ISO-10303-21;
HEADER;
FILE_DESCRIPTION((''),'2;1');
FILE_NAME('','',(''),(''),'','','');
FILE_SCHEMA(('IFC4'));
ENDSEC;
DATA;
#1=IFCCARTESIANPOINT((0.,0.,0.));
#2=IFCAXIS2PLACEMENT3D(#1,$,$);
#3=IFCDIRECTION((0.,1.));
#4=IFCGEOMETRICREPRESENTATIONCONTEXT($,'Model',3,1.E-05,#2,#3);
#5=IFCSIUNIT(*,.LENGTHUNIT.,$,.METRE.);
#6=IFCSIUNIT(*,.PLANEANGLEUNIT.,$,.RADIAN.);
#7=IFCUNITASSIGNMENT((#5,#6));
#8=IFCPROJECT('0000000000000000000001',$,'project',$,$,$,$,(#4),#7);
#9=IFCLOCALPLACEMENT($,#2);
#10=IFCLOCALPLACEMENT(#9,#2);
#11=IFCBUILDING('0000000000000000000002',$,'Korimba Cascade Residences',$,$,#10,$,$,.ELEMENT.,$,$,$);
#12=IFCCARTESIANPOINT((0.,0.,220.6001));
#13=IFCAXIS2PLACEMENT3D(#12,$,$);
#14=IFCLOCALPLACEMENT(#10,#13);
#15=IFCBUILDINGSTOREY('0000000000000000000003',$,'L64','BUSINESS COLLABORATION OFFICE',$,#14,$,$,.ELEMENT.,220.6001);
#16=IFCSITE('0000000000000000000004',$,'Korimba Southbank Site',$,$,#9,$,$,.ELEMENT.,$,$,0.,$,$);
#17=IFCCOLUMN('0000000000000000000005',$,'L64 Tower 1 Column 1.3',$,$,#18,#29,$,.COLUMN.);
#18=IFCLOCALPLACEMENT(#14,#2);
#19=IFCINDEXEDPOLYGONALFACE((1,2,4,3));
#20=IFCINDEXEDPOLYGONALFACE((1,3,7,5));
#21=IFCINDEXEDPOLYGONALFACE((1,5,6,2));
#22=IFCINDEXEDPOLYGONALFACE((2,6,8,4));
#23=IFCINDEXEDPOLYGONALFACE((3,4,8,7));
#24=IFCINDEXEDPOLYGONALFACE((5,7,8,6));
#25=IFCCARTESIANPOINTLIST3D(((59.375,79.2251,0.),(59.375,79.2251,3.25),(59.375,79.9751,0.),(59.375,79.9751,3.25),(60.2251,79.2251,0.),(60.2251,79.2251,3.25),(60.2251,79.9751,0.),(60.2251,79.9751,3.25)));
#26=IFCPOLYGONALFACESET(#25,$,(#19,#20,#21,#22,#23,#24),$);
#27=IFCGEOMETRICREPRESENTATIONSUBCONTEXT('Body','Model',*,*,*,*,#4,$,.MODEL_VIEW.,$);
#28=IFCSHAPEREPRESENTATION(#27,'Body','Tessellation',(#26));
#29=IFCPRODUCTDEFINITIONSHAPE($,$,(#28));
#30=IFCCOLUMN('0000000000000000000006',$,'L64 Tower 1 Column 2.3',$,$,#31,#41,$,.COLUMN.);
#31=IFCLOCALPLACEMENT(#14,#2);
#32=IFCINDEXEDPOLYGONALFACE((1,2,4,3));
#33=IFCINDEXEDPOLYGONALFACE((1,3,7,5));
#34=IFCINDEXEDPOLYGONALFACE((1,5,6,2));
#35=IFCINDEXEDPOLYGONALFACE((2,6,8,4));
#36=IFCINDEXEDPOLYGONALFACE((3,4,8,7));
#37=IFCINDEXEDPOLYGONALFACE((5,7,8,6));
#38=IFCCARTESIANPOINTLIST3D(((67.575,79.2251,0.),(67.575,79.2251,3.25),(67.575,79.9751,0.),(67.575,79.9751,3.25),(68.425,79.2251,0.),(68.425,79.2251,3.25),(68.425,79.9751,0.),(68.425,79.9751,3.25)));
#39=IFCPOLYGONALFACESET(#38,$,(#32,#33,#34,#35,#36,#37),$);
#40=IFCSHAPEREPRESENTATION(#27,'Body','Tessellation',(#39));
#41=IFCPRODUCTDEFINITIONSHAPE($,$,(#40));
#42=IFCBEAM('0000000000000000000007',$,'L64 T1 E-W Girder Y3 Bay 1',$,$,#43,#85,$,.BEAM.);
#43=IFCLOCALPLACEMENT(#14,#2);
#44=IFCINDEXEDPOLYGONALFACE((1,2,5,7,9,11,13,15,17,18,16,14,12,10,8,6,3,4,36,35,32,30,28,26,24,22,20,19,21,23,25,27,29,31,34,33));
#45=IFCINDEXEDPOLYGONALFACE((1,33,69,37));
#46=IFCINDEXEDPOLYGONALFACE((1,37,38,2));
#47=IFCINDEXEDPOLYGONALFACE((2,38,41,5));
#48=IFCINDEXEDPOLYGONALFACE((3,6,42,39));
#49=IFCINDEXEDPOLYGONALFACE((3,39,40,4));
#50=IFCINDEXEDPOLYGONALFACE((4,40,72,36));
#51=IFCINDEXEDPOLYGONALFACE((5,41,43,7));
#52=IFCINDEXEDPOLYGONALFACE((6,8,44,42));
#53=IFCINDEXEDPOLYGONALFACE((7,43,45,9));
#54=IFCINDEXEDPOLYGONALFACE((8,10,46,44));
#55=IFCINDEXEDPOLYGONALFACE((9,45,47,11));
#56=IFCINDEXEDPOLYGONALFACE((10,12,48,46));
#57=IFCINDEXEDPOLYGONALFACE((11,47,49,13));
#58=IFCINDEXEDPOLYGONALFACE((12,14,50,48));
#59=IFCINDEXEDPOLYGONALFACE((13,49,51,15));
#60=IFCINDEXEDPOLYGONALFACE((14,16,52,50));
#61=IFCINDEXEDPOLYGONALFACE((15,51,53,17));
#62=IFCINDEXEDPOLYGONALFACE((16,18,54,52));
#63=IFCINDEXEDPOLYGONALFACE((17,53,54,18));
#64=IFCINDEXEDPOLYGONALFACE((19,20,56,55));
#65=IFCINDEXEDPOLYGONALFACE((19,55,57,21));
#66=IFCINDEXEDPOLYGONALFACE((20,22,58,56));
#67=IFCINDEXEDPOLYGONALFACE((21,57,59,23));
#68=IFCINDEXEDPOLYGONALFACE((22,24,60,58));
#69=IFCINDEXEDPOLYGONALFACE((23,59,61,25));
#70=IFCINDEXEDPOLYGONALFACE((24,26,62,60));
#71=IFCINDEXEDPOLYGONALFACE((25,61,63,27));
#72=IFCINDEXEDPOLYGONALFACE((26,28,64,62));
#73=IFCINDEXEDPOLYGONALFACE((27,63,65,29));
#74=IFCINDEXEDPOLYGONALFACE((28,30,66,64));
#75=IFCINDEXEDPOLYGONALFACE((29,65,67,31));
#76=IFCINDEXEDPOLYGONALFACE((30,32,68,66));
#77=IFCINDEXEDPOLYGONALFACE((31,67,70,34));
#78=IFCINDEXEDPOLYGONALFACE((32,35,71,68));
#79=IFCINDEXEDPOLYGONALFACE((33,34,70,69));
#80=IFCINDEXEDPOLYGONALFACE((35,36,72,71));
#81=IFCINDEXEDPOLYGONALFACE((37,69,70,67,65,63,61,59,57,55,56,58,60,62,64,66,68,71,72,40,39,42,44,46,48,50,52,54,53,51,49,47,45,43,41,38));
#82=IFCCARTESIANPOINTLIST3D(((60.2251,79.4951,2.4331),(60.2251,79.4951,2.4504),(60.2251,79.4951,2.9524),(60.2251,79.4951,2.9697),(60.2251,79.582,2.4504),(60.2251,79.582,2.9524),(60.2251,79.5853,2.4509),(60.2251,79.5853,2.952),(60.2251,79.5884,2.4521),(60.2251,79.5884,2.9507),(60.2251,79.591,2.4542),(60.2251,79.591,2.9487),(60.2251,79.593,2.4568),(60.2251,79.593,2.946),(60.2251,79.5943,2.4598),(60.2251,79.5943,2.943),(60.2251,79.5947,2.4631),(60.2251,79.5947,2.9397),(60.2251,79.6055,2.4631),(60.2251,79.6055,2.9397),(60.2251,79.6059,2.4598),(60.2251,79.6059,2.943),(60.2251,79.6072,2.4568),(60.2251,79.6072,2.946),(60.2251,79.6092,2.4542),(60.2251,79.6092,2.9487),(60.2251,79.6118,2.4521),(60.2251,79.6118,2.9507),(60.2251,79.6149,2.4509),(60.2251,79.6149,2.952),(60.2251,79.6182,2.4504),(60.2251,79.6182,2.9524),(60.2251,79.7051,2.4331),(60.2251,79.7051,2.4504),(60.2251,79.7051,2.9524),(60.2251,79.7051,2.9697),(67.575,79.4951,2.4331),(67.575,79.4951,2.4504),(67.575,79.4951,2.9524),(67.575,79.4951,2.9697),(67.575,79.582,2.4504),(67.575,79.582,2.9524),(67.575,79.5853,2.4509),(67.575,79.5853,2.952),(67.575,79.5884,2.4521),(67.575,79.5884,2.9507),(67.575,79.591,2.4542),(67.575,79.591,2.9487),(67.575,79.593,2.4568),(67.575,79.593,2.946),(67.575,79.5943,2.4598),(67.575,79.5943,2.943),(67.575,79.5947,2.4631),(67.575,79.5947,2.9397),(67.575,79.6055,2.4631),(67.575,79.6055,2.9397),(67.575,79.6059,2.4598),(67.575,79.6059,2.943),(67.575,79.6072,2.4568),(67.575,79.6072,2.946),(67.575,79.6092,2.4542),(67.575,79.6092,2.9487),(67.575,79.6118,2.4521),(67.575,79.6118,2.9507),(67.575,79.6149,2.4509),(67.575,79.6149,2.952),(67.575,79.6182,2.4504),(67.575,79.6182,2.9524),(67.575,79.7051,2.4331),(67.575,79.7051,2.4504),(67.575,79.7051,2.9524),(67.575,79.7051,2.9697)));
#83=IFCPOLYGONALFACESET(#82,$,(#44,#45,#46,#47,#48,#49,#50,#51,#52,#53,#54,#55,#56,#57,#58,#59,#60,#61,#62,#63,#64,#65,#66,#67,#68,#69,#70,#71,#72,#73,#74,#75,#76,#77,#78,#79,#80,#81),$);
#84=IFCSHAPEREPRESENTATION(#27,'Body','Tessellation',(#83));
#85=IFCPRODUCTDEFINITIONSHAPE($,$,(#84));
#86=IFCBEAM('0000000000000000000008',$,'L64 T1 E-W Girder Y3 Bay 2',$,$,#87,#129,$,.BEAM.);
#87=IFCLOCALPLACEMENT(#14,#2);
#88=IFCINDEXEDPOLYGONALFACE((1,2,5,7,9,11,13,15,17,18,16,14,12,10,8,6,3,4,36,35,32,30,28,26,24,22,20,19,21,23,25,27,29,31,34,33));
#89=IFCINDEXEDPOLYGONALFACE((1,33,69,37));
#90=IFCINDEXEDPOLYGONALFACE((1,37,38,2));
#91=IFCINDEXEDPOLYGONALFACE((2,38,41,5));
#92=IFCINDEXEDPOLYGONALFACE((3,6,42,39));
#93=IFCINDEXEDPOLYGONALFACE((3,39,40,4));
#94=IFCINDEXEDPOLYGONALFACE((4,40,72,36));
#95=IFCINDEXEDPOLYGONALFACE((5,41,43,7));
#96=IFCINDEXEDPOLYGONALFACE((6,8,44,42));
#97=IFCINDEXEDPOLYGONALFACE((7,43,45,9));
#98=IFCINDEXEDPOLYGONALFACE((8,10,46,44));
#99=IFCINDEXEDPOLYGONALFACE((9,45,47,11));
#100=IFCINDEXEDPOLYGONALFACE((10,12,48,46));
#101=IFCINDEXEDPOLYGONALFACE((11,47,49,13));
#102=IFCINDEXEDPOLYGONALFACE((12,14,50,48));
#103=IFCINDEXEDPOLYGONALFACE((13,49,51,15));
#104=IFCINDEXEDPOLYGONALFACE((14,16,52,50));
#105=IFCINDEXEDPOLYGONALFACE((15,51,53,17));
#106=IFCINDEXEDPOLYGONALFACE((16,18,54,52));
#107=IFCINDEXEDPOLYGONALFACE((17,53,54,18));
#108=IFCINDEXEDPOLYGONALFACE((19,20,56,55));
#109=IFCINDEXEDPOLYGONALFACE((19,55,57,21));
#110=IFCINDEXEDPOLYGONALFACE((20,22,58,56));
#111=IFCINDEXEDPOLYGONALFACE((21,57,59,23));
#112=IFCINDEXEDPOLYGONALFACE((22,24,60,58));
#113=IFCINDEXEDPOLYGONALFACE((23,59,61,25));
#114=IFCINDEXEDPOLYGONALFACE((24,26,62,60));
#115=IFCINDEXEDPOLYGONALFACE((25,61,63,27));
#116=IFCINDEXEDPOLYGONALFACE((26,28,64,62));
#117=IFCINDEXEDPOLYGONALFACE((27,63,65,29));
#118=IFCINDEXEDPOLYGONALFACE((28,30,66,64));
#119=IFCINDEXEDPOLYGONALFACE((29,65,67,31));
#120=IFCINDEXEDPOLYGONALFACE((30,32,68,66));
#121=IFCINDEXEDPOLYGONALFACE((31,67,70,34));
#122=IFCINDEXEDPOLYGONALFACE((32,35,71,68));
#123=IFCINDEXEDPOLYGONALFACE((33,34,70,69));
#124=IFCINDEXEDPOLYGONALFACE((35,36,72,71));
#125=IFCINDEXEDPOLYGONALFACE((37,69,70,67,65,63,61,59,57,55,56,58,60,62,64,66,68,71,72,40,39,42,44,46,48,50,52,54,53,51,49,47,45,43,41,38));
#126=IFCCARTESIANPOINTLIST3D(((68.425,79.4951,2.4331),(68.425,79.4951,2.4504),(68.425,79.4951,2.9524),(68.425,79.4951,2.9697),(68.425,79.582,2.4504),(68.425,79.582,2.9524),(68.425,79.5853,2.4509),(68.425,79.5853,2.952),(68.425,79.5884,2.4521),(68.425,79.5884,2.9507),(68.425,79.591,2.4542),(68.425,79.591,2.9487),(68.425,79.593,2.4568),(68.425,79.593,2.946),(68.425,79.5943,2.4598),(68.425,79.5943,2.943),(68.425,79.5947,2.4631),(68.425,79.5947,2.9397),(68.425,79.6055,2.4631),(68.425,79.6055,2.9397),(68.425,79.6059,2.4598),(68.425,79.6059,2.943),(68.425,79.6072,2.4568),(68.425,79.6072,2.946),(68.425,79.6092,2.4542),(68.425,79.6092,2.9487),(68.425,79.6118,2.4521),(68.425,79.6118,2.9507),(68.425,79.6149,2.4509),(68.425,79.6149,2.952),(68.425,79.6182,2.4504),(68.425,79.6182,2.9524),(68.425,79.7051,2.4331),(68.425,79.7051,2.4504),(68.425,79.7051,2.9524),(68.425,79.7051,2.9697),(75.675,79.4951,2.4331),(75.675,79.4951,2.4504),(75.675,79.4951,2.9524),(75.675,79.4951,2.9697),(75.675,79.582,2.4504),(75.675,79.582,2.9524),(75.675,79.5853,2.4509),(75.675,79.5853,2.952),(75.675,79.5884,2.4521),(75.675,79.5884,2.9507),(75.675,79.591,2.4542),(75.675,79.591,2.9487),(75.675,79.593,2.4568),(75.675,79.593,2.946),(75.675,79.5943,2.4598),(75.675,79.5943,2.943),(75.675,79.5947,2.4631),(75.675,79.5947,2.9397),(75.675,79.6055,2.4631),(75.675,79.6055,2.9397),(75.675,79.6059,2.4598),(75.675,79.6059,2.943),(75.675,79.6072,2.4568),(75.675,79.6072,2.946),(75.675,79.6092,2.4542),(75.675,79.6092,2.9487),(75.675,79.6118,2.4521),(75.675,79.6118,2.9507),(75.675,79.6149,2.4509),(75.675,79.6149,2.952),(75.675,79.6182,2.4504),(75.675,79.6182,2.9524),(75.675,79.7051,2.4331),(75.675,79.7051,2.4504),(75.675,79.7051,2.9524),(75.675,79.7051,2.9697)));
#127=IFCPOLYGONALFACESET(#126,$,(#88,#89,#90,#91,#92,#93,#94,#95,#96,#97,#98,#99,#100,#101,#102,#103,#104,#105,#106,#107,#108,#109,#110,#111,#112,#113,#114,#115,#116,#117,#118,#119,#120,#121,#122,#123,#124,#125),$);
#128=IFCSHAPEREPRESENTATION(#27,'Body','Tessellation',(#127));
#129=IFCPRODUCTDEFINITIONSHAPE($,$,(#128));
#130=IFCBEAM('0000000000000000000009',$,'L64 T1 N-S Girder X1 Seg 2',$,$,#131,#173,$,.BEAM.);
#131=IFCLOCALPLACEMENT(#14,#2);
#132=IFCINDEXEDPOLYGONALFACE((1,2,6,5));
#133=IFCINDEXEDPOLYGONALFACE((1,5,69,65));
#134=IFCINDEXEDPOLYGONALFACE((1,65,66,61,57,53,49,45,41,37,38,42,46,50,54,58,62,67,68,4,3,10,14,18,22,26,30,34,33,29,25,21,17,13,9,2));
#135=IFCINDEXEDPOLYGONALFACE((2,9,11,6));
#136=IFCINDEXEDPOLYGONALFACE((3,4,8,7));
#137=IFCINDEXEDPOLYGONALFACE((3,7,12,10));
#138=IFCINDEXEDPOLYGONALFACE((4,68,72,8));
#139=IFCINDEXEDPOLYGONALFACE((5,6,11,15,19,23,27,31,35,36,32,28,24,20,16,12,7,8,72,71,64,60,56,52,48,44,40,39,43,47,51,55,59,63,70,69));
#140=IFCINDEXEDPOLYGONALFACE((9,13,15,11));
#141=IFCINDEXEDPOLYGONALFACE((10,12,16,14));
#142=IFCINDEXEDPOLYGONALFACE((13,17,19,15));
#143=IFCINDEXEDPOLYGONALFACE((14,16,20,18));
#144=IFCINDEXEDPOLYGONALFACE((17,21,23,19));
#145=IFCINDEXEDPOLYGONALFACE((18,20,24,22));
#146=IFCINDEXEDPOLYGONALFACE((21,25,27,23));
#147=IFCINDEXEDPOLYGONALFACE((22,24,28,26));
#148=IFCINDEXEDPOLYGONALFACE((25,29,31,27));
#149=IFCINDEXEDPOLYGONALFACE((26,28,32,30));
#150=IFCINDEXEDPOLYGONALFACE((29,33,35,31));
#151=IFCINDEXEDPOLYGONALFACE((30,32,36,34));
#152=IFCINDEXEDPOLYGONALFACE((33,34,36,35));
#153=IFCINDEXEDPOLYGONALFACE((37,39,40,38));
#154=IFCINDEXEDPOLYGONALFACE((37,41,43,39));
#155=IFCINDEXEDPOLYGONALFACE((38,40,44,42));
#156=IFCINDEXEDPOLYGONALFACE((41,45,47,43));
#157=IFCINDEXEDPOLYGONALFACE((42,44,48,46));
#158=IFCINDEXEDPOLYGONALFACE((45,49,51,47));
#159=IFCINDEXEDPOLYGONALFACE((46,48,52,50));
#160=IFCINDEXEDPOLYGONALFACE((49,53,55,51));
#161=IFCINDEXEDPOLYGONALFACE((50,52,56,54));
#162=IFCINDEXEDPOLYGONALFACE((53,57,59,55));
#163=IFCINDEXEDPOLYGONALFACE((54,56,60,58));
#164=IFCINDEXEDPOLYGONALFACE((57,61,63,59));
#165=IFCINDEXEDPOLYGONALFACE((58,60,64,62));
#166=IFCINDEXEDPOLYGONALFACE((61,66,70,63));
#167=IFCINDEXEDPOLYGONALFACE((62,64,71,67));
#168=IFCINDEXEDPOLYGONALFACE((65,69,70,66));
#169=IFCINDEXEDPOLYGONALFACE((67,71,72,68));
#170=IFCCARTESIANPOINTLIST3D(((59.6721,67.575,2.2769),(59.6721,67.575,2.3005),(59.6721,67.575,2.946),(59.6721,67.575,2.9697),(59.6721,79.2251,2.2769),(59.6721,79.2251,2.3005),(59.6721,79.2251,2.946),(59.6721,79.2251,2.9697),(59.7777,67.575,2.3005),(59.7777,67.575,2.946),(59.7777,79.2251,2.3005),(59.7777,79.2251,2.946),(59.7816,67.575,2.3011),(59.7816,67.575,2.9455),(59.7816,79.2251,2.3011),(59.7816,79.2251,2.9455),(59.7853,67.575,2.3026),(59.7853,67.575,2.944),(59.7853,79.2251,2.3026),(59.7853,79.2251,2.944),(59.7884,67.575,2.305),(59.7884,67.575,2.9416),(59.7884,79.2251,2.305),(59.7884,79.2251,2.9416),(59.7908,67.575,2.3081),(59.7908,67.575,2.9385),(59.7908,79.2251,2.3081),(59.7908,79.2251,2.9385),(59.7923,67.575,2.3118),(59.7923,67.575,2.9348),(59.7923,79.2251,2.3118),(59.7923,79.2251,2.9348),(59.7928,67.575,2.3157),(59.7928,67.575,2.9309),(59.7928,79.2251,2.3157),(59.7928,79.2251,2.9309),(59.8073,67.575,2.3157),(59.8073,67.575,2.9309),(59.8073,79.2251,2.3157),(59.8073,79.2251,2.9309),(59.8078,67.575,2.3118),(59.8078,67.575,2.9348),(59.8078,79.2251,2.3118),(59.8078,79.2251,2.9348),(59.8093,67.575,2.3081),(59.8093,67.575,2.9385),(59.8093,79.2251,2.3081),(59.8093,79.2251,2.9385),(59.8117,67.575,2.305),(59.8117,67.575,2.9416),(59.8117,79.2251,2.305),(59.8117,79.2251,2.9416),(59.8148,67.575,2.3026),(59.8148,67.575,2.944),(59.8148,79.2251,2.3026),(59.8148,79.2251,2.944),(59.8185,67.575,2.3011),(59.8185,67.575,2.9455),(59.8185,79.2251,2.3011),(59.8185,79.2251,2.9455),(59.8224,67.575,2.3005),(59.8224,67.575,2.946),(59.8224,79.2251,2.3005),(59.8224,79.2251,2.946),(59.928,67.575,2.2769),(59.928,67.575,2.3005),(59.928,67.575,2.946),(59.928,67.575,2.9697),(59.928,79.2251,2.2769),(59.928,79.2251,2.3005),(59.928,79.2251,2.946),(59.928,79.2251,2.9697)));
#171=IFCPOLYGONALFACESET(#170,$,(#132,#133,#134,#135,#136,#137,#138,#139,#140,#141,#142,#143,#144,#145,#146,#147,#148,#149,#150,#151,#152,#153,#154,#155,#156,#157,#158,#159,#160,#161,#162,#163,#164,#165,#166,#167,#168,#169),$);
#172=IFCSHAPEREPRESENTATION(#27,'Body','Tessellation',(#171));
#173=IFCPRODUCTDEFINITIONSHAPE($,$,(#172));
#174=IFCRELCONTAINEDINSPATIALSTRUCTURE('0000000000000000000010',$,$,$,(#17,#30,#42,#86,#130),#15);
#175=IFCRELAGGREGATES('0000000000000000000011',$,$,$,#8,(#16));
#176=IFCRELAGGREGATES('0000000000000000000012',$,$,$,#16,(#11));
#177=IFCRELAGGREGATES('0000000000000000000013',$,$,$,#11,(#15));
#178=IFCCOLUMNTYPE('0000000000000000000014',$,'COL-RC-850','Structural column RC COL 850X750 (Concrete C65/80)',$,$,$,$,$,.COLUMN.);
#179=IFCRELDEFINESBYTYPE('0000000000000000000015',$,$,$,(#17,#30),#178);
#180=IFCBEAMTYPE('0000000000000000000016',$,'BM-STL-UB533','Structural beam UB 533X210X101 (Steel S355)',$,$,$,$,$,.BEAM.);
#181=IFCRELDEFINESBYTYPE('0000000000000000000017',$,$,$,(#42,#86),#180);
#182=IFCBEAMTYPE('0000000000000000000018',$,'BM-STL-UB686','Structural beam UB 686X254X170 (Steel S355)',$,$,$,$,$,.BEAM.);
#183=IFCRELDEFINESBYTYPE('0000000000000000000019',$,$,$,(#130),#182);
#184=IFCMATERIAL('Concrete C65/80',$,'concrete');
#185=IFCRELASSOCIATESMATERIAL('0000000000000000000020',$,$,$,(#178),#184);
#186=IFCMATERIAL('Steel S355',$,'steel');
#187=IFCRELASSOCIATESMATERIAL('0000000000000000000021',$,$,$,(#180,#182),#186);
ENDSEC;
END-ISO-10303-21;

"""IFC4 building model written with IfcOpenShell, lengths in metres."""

from ifc_helpers import new_model, si_unit, direction, frame, origin, origin_2d, place, context, subcontext, project, spatial, rectangle, i_section, extrude, material, material_profile, profile_set, type_object, element, save


model = new_model("IFC4")

# Units and contexts
model_context = context("Model", 3, precision=1e-05, world=origin(), true_north=direction((0.0, 1.0)))
body_context = subcontext(model_context, "Body", "Model", "MODEL_VIEW")
ifc_project = project(units=[si_unit("LENGTHUNIT", "METRE"), si_unit("PLANEANGLEUNIT", "RADIAN")], contexts=[model_context])

# Site, building, storey
site_placement = place(None, origin())
site = spatial("IfcSite", under=ifc_project, at=site_placement, Name="Korimba Southbank Site", CompositionType="ELEMENT", RefElevation=0.0)
building_placement = place(site_placement, origin())
building = spatial("IfcBuilding", under=site, at=building_placement, Name="Korimba Cascade Residences", CompositionType="ELEMENT")
storey_placement = place(building_placement, frame((0.0, 0.0, 220.6001)))
storey = spatial("IfcBuildingStorey", under=building, at=storey_placement, Name="L64", Description="BUSINESS COLLABORATION OFFICE", CompositionType="ELEMENT", Elevation=220.6001)

# Columns
ifc_material_1 = material(Name="Concrete C65/80", Category="concrete")
ifc_material_profile_1 = material_profile(ifc_material_1, rectangle(XDim=0.8501, YDim=0.75, at=origin_2d()), Name="Concrete C65/80")
ifc_profile_set_1 = profile_set([ifc_material_profile_1], Name="Concrete C65/80")
column_type = type_object("IfcColumnType", Name="COL-RC-850", Description="Structural column RC COL 850X750 (Concrete C65/80)", PredefinedType="COLUMN", material=ifc_profile_set_1)
for number, where, z_axis, x_axis, name in (
    (1, (59.8, 79.6001, 0.0), (0.0, 0.0, 1.0), (1.0, 0.0, 0.0), "L64 Tower 1 Column 1.3"),
    (2, (68.0, 79.6001, 0.0), (0.0, 0.0, 1.0), (1.0, 0.0, 0.0), "L64 Tower 1 Column 2.3"),
):
    element("IfcColumn", number, at=place(storey_placement, frame(where, z_axis=z_axis, x_axis=x_axis)), inside=storey, type_object=column_type, Name=name, PredefinedType="COLUMN", context=body_context, shape_type="SweptSolid", body=[
        extrude(rectangle(XDim=0.8501, YDim=0.75, at=origin_2d()), origin(), (0.0, 0.0, 1.0), 3.25),
    ])

# Beams
ifc_material_2 = material(Name="Steel S355", Category="steel")
ifc_material_profile_2 = material_profile(ifc_material_2, i_section(OverallWidth=0.21, OverallDepth=0.5366, WebThickness=0.0107, FlangeThickness=0.0173, FilletRadius=0.0127, at=origin_2d()), Name="Steel S355")
ifc_profile_set_2 = profile_set([ifc_material_profile_2], Name="Steel S355")
beam_type_1 = type_object("IfcBeamType", Name="BM-STL-UB533", Description="Structural beam UB 533X210X101 (Steel S355)", PredefinedType="BEAM", material=ifc_profile_set_2)
beam_1_placement = place(storey_placement, frame((60.2251, 79.6001, 2.7014), z_axis=(1.0, 0.0, 0.0), x_axis=(0.0, 1.0, 0.0)))
element("IfcBeam", 3, at=beam_1_placement, inside=storey, type_object=beam_type_1, Name="L64 T1 E-W Girder Y3 Bay 1", PredefinedType="BEAM", context=body_context, shape_type="SweptSolid", body=[
    extrude(i_section(OverallWidth=0.21, OverallDepth=0.5366, WebThickness=0.0107, FlangeThickness=0.0173, FilletRadius=0.0127, at=origin_2d()), origin(), (0.0, 0.0, 1.0), 7.3499),
])
beam_2_placement = place(storey_placement, frame((68.425, 79.6001, 2.7014), z_axis=(1.0, 0.0, 0.0), x_axis=(0.0, 1.0, 0.0)))
element("IfcBeam", 4, at=beam_2_placement, inside=storey, type_object=beam_type_1, Name="L64 T1 E-W Girder Y3 Bay 2", PredefinedType="BEAM", context=body_context, shape_type="SweptSolid", body=[
    extrude(i_section(OverallWidth=0.21, OverallDepth=0.5366, WebThickness=0.0107, FlangeThickness=0.0173, FilletRadius=0.0127, at=origin_2d()), origin(), (0.0, 0.0, 1.0), 7.25),
])
ifc_material_profile_3 = material_profile(ifc_material_2, i_section(OverallWidth=0.2559, OverallDepth=0.6929, WebThickness=0.0144, FlangeThickness=0.0237, FilletRadius=0.0151, at=origin_2d()), Name="Steel S355")
ifc_profile_set_3 = profile_set([ifc_material_profile_3], Name="Steel S355")
beam_type_2 = type_object("IfcBeamType", Name="BM-STL-UB686", Description="Structural beam UB 686X254X170 (Steel S355)", PredefinedType="BEAM", material=ifc_profile_set_3)
beam_3_placement = place(storey_placement, frame((59.8, 67.575, 2.6233), z_axis=(0.0, 1.0, 0.0), x_axis=(-1.0, 0.0, 0.0)))
element("IfcBeam", 5, at=beam_3_placement, inside=storey, type_object=beam_type_2, Name="L64 T1 N-S Girder X1 Seg 2", PredefinedType="BEAM", context=body_context, shape_type="SweptSolid", body=[
    extrude(i_section(OverallWidth=0.2559, OverallDepth=0.6929, WebThickness=0.0144, FlangeThickness=0.0237, FilletRadius=0.0151, at=origin_2d()), origin(), (0.0, 0.0, 1.0), 11.6501),
])

save(model, "model.ifc")
